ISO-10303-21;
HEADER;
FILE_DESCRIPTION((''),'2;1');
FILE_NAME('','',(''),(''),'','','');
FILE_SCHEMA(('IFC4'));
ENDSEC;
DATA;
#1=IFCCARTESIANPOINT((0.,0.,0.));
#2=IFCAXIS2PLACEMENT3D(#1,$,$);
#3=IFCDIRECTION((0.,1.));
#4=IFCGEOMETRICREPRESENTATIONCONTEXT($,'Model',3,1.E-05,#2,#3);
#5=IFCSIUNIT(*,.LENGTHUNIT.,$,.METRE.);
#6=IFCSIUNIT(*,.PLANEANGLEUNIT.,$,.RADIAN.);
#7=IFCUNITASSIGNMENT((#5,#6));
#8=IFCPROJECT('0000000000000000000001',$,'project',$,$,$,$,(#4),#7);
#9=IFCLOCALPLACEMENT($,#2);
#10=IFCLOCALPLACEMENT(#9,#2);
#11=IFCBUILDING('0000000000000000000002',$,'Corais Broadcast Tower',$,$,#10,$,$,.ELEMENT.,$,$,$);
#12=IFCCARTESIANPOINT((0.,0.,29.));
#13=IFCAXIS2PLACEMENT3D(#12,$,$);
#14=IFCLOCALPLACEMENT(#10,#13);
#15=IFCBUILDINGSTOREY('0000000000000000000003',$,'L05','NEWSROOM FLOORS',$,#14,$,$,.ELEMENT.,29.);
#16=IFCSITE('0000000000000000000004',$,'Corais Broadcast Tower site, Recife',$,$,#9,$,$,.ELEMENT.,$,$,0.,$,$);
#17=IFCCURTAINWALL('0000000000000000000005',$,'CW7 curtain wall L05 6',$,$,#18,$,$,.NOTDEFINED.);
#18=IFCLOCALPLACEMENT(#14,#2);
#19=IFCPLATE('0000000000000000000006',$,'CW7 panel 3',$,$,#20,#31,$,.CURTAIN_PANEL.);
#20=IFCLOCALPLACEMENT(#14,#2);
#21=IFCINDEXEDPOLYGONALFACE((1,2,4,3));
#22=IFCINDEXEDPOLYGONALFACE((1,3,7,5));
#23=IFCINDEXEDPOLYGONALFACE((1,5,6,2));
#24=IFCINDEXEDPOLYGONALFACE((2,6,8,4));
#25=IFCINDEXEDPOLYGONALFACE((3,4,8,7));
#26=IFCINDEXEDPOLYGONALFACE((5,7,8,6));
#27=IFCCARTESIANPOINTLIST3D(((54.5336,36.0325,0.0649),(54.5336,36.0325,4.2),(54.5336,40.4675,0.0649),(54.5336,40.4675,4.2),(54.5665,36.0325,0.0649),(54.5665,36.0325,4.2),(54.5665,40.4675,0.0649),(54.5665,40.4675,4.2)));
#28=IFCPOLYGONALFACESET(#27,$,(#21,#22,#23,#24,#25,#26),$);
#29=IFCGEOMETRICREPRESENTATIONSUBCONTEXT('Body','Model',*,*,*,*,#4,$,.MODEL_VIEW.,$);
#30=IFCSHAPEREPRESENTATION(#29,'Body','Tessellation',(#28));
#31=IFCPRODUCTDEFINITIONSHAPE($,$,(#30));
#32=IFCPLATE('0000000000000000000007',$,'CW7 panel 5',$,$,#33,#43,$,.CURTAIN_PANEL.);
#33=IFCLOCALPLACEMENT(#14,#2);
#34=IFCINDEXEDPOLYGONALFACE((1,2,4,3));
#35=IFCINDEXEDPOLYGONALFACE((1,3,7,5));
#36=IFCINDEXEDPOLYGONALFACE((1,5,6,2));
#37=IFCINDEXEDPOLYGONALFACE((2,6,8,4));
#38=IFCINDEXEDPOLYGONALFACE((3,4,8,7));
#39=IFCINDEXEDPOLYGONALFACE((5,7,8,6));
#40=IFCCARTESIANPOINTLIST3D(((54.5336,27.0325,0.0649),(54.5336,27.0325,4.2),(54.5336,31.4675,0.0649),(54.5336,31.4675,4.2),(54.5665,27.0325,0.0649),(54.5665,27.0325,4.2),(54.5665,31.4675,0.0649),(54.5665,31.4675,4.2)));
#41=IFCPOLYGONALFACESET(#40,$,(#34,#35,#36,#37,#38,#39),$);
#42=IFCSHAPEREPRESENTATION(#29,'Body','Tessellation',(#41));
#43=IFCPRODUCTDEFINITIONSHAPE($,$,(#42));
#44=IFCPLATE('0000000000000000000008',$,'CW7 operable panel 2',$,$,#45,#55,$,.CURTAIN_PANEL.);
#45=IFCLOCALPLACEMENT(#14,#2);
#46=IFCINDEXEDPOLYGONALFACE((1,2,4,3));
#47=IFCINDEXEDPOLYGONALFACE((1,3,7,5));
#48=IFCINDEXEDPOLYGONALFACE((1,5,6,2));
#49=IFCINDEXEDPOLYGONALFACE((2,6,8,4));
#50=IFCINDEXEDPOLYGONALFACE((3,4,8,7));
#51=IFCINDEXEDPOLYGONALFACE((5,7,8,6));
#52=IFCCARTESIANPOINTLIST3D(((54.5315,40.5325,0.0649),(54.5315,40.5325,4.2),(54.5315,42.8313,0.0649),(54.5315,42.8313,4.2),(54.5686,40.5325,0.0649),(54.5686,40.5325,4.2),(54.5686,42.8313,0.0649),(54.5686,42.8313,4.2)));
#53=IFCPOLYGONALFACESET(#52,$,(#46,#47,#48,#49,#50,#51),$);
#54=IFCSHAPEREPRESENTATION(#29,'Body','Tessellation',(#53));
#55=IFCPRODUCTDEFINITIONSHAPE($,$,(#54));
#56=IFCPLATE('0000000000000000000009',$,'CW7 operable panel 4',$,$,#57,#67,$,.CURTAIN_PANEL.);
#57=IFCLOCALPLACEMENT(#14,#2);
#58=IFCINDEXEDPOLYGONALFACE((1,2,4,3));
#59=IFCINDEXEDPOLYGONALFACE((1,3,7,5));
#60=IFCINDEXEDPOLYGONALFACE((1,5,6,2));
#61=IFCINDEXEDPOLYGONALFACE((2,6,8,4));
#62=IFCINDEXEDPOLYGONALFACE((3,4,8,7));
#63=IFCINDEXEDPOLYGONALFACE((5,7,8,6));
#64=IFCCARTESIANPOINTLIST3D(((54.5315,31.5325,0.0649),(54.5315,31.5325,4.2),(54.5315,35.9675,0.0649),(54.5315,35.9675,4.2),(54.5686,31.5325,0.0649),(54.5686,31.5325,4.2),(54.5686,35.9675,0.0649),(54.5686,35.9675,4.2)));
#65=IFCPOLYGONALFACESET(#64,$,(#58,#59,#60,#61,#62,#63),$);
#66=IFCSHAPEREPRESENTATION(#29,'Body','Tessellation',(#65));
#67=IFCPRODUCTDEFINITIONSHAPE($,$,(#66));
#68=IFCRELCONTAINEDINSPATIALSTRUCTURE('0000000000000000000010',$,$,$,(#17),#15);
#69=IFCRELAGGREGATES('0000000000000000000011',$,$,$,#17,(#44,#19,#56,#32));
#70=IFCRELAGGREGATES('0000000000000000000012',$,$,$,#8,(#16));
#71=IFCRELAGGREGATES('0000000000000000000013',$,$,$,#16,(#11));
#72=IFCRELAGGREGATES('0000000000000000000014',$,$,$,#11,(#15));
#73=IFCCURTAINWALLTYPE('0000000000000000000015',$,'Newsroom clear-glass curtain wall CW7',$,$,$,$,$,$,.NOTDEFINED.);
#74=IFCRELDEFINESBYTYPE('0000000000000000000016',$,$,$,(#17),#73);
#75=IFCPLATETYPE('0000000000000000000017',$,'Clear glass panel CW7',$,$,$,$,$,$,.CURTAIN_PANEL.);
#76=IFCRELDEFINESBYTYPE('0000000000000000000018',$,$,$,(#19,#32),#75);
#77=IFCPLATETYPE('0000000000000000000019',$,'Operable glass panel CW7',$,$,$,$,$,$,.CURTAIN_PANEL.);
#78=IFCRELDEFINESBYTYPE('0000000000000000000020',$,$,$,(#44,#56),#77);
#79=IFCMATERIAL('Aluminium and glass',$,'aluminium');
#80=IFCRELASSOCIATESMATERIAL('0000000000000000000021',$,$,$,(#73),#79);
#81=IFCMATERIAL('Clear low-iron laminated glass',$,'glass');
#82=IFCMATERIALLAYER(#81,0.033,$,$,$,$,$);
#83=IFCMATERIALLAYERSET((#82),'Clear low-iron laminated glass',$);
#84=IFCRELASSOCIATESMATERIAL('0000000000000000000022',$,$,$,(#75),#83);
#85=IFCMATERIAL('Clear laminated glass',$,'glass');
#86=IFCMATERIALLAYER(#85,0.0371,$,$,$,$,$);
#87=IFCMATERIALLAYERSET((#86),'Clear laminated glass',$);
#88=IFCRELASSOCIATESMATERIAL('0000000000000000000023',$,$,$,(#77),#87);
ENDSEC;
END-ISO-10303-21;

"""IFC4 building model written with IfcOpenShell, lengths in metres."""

from ifc_helpers import new_model, si_unit, direction, frame, origin, origin_2d, place, context, subcontext, project, spatial, rectangle, extrude, material, layer, layer_set, type_object, element, aggregate, save


model = new_model("IFC4")

# Units and contexts
model_context = context("Model", 3, precision=1e-05, world=origin(), true_north=direction((0.0, 1.0)))
body_context = subcontext(model_context, "Body", "Model", "MODEL_VIEW")
ifc_project = project(units=[si_unit("LENGTHUNIT", "METRE"), si_unit("PLANEANGLEUNIT", "RADIAN")], contexts=[model_context])

# Site, building, storey
site_placement = place(None, origin())
site = spatial("IfcSite", under=ifc_project, at=site_placement, Name="Corais Broadcast Tower site, Recife", CompositionType="ELEMENT", RefElevation=0.0)
building_placement = place(site_placement, origin())
building = spatial("IfcBuilding", under=site, at=building_placement, Name="Corais Broadcast Tower", CompositionType="ELEMENT")
storey_placement = place(building_placement, frame((0.0, 0.0, 29.0)))
storey = spatial("IfcBuildingStorey", under=building, at=storey_placement, Name="L05", Description="NEWSROOM FLOORS", CompositionType="ELEMENT", Elevation=29.0)

# Curtain wall
ifc_material_1 = material(Name="Aluminium and glass", Category="aluminium")
curtain_wall_type = type_object("IfcCurtainWallType", Name="Newsroom clear-glass curtain wall CW7", PredefinedType="NOTDEFINED", material=ifc_material_1)
curtain_wall_placement = place(storey_placement, origin())
curtain_wall = element("IfcCurtainWall", 1, at=curtain_wall_placement, inside=storey, type_object=curtain_wall_type, Name="CW7 curtain wall L05 6", PredefinedType="NOTDEFINED")

# Plates
ifc_material_2 = material(Name="Clear low-iron laminated glass", Category="glass")
ifc_layer_1 = layer(ifc_material_2, 0.033)
ifc_layer_set_1 = layer_set([ifc_layer_1], Name="Clear low-iron laminated glass")
plate_type_1 = type_object("IfcPlateType", Name="Clear glass panel CW7", PredefinedType="CURTAIN_PANEL", material=ifc_layer_set_1)
plate_1_placement = place(storey_placement, frame((54.55, 38.25, 0.0649), z_axis=(0.0, 0.0, 1.0), x_axis=(0.0, -1.0, 0.0)))
plate_1 = element("IfcPlate", 2, at=plate_1_placement, type_object=plate_type_1, Name="CW7 panel 3", PredefinedType="CURTAIN_PANEL", context=body_context, shape_type="SweptSolid", body=[
    extrude(rectangle(XDim=4.4351, YDim=0.033, at=origin_2d()), origin(), (0.0, 0.0, 1.0), 4.135),
])
plate_2_placement = place(storey_placement, frame((54.55, 29.25, 0.0649), z_axis=(0.0, 0.0, 1.0), x_axis=(0.0, -1.0, 0.0)))
plate_2 = element("IfcPlate", 3, at=plate_2_placement, type_object=plate_type_1, Name="CW7 panel 5", PredefinedType="CURTAIN_PANEL", context=body_context, shape_type="SweptSolid", body=[
    extrude(rectangle(XDim=4.4351, YDim=0.033, at=origin_2d()), origin(), (0.0, 0.0, 1.0), 4.135),
])
ifc_material_3 = material(Name="Clear laminated glass", Category="glass")
ifc_layer_2 = layer(ifc_material_3, 0.0371)
ifc_layer_set_2 = layer_set([ifc_layer_2], Name="Clear laminated glass")
plate_type_2 = type_object("IfcPlateType", Name="Operable glass panel CW7", PredefinedType="CURTAIN_PANEL", material=ifc_layer_set_2)
plate_3_placement = place(storey_placement, frame((54.55, 41.6819, 0.0649), z_axis=(0.0, 0.0, 1.0), x_axis=(0.0, -1.0, 0.0)))
plate_3 = element("IfcPlate", 4, at=plate_3_placement, type_object=plate_type_2, Name="CW7 operable panel 2", PredefinedType="CURTAIN_PANEL", context=body_context, shape_type="SweptSolid", body=[
    extrude(rectangle(XDim=2.2988, YDim=0.0371, at=origin_2d()), origin(), (0.0, 0.0, 1.0), 4.135),
])
plate_4_placement = place(storey_placement, frame((54.55, 33.75, 0.0649), z_axis=(0.0, 0.0, 1.0), x_axis=(0.0, -1.0, 0.0)))
plate_4 = element("IfcPlate", 5, at=plate_4_placement, type_object=plate_type_2, Name="CW7 operable panel 4", PredefinedType="CURTAIN_PANEL", context=body_context, shape_type="SweptSolid", body=[
    extrude(rectangle(XDim=4.4351, YDim=0.0371, at=origin_2d()), origin(), (0.0, 0.0, 1.0), 4.135),
])
aggregate(curtain_wall, [plate_3, plate_1, plate_4, plate_2])

save(model, "model.ifc")
